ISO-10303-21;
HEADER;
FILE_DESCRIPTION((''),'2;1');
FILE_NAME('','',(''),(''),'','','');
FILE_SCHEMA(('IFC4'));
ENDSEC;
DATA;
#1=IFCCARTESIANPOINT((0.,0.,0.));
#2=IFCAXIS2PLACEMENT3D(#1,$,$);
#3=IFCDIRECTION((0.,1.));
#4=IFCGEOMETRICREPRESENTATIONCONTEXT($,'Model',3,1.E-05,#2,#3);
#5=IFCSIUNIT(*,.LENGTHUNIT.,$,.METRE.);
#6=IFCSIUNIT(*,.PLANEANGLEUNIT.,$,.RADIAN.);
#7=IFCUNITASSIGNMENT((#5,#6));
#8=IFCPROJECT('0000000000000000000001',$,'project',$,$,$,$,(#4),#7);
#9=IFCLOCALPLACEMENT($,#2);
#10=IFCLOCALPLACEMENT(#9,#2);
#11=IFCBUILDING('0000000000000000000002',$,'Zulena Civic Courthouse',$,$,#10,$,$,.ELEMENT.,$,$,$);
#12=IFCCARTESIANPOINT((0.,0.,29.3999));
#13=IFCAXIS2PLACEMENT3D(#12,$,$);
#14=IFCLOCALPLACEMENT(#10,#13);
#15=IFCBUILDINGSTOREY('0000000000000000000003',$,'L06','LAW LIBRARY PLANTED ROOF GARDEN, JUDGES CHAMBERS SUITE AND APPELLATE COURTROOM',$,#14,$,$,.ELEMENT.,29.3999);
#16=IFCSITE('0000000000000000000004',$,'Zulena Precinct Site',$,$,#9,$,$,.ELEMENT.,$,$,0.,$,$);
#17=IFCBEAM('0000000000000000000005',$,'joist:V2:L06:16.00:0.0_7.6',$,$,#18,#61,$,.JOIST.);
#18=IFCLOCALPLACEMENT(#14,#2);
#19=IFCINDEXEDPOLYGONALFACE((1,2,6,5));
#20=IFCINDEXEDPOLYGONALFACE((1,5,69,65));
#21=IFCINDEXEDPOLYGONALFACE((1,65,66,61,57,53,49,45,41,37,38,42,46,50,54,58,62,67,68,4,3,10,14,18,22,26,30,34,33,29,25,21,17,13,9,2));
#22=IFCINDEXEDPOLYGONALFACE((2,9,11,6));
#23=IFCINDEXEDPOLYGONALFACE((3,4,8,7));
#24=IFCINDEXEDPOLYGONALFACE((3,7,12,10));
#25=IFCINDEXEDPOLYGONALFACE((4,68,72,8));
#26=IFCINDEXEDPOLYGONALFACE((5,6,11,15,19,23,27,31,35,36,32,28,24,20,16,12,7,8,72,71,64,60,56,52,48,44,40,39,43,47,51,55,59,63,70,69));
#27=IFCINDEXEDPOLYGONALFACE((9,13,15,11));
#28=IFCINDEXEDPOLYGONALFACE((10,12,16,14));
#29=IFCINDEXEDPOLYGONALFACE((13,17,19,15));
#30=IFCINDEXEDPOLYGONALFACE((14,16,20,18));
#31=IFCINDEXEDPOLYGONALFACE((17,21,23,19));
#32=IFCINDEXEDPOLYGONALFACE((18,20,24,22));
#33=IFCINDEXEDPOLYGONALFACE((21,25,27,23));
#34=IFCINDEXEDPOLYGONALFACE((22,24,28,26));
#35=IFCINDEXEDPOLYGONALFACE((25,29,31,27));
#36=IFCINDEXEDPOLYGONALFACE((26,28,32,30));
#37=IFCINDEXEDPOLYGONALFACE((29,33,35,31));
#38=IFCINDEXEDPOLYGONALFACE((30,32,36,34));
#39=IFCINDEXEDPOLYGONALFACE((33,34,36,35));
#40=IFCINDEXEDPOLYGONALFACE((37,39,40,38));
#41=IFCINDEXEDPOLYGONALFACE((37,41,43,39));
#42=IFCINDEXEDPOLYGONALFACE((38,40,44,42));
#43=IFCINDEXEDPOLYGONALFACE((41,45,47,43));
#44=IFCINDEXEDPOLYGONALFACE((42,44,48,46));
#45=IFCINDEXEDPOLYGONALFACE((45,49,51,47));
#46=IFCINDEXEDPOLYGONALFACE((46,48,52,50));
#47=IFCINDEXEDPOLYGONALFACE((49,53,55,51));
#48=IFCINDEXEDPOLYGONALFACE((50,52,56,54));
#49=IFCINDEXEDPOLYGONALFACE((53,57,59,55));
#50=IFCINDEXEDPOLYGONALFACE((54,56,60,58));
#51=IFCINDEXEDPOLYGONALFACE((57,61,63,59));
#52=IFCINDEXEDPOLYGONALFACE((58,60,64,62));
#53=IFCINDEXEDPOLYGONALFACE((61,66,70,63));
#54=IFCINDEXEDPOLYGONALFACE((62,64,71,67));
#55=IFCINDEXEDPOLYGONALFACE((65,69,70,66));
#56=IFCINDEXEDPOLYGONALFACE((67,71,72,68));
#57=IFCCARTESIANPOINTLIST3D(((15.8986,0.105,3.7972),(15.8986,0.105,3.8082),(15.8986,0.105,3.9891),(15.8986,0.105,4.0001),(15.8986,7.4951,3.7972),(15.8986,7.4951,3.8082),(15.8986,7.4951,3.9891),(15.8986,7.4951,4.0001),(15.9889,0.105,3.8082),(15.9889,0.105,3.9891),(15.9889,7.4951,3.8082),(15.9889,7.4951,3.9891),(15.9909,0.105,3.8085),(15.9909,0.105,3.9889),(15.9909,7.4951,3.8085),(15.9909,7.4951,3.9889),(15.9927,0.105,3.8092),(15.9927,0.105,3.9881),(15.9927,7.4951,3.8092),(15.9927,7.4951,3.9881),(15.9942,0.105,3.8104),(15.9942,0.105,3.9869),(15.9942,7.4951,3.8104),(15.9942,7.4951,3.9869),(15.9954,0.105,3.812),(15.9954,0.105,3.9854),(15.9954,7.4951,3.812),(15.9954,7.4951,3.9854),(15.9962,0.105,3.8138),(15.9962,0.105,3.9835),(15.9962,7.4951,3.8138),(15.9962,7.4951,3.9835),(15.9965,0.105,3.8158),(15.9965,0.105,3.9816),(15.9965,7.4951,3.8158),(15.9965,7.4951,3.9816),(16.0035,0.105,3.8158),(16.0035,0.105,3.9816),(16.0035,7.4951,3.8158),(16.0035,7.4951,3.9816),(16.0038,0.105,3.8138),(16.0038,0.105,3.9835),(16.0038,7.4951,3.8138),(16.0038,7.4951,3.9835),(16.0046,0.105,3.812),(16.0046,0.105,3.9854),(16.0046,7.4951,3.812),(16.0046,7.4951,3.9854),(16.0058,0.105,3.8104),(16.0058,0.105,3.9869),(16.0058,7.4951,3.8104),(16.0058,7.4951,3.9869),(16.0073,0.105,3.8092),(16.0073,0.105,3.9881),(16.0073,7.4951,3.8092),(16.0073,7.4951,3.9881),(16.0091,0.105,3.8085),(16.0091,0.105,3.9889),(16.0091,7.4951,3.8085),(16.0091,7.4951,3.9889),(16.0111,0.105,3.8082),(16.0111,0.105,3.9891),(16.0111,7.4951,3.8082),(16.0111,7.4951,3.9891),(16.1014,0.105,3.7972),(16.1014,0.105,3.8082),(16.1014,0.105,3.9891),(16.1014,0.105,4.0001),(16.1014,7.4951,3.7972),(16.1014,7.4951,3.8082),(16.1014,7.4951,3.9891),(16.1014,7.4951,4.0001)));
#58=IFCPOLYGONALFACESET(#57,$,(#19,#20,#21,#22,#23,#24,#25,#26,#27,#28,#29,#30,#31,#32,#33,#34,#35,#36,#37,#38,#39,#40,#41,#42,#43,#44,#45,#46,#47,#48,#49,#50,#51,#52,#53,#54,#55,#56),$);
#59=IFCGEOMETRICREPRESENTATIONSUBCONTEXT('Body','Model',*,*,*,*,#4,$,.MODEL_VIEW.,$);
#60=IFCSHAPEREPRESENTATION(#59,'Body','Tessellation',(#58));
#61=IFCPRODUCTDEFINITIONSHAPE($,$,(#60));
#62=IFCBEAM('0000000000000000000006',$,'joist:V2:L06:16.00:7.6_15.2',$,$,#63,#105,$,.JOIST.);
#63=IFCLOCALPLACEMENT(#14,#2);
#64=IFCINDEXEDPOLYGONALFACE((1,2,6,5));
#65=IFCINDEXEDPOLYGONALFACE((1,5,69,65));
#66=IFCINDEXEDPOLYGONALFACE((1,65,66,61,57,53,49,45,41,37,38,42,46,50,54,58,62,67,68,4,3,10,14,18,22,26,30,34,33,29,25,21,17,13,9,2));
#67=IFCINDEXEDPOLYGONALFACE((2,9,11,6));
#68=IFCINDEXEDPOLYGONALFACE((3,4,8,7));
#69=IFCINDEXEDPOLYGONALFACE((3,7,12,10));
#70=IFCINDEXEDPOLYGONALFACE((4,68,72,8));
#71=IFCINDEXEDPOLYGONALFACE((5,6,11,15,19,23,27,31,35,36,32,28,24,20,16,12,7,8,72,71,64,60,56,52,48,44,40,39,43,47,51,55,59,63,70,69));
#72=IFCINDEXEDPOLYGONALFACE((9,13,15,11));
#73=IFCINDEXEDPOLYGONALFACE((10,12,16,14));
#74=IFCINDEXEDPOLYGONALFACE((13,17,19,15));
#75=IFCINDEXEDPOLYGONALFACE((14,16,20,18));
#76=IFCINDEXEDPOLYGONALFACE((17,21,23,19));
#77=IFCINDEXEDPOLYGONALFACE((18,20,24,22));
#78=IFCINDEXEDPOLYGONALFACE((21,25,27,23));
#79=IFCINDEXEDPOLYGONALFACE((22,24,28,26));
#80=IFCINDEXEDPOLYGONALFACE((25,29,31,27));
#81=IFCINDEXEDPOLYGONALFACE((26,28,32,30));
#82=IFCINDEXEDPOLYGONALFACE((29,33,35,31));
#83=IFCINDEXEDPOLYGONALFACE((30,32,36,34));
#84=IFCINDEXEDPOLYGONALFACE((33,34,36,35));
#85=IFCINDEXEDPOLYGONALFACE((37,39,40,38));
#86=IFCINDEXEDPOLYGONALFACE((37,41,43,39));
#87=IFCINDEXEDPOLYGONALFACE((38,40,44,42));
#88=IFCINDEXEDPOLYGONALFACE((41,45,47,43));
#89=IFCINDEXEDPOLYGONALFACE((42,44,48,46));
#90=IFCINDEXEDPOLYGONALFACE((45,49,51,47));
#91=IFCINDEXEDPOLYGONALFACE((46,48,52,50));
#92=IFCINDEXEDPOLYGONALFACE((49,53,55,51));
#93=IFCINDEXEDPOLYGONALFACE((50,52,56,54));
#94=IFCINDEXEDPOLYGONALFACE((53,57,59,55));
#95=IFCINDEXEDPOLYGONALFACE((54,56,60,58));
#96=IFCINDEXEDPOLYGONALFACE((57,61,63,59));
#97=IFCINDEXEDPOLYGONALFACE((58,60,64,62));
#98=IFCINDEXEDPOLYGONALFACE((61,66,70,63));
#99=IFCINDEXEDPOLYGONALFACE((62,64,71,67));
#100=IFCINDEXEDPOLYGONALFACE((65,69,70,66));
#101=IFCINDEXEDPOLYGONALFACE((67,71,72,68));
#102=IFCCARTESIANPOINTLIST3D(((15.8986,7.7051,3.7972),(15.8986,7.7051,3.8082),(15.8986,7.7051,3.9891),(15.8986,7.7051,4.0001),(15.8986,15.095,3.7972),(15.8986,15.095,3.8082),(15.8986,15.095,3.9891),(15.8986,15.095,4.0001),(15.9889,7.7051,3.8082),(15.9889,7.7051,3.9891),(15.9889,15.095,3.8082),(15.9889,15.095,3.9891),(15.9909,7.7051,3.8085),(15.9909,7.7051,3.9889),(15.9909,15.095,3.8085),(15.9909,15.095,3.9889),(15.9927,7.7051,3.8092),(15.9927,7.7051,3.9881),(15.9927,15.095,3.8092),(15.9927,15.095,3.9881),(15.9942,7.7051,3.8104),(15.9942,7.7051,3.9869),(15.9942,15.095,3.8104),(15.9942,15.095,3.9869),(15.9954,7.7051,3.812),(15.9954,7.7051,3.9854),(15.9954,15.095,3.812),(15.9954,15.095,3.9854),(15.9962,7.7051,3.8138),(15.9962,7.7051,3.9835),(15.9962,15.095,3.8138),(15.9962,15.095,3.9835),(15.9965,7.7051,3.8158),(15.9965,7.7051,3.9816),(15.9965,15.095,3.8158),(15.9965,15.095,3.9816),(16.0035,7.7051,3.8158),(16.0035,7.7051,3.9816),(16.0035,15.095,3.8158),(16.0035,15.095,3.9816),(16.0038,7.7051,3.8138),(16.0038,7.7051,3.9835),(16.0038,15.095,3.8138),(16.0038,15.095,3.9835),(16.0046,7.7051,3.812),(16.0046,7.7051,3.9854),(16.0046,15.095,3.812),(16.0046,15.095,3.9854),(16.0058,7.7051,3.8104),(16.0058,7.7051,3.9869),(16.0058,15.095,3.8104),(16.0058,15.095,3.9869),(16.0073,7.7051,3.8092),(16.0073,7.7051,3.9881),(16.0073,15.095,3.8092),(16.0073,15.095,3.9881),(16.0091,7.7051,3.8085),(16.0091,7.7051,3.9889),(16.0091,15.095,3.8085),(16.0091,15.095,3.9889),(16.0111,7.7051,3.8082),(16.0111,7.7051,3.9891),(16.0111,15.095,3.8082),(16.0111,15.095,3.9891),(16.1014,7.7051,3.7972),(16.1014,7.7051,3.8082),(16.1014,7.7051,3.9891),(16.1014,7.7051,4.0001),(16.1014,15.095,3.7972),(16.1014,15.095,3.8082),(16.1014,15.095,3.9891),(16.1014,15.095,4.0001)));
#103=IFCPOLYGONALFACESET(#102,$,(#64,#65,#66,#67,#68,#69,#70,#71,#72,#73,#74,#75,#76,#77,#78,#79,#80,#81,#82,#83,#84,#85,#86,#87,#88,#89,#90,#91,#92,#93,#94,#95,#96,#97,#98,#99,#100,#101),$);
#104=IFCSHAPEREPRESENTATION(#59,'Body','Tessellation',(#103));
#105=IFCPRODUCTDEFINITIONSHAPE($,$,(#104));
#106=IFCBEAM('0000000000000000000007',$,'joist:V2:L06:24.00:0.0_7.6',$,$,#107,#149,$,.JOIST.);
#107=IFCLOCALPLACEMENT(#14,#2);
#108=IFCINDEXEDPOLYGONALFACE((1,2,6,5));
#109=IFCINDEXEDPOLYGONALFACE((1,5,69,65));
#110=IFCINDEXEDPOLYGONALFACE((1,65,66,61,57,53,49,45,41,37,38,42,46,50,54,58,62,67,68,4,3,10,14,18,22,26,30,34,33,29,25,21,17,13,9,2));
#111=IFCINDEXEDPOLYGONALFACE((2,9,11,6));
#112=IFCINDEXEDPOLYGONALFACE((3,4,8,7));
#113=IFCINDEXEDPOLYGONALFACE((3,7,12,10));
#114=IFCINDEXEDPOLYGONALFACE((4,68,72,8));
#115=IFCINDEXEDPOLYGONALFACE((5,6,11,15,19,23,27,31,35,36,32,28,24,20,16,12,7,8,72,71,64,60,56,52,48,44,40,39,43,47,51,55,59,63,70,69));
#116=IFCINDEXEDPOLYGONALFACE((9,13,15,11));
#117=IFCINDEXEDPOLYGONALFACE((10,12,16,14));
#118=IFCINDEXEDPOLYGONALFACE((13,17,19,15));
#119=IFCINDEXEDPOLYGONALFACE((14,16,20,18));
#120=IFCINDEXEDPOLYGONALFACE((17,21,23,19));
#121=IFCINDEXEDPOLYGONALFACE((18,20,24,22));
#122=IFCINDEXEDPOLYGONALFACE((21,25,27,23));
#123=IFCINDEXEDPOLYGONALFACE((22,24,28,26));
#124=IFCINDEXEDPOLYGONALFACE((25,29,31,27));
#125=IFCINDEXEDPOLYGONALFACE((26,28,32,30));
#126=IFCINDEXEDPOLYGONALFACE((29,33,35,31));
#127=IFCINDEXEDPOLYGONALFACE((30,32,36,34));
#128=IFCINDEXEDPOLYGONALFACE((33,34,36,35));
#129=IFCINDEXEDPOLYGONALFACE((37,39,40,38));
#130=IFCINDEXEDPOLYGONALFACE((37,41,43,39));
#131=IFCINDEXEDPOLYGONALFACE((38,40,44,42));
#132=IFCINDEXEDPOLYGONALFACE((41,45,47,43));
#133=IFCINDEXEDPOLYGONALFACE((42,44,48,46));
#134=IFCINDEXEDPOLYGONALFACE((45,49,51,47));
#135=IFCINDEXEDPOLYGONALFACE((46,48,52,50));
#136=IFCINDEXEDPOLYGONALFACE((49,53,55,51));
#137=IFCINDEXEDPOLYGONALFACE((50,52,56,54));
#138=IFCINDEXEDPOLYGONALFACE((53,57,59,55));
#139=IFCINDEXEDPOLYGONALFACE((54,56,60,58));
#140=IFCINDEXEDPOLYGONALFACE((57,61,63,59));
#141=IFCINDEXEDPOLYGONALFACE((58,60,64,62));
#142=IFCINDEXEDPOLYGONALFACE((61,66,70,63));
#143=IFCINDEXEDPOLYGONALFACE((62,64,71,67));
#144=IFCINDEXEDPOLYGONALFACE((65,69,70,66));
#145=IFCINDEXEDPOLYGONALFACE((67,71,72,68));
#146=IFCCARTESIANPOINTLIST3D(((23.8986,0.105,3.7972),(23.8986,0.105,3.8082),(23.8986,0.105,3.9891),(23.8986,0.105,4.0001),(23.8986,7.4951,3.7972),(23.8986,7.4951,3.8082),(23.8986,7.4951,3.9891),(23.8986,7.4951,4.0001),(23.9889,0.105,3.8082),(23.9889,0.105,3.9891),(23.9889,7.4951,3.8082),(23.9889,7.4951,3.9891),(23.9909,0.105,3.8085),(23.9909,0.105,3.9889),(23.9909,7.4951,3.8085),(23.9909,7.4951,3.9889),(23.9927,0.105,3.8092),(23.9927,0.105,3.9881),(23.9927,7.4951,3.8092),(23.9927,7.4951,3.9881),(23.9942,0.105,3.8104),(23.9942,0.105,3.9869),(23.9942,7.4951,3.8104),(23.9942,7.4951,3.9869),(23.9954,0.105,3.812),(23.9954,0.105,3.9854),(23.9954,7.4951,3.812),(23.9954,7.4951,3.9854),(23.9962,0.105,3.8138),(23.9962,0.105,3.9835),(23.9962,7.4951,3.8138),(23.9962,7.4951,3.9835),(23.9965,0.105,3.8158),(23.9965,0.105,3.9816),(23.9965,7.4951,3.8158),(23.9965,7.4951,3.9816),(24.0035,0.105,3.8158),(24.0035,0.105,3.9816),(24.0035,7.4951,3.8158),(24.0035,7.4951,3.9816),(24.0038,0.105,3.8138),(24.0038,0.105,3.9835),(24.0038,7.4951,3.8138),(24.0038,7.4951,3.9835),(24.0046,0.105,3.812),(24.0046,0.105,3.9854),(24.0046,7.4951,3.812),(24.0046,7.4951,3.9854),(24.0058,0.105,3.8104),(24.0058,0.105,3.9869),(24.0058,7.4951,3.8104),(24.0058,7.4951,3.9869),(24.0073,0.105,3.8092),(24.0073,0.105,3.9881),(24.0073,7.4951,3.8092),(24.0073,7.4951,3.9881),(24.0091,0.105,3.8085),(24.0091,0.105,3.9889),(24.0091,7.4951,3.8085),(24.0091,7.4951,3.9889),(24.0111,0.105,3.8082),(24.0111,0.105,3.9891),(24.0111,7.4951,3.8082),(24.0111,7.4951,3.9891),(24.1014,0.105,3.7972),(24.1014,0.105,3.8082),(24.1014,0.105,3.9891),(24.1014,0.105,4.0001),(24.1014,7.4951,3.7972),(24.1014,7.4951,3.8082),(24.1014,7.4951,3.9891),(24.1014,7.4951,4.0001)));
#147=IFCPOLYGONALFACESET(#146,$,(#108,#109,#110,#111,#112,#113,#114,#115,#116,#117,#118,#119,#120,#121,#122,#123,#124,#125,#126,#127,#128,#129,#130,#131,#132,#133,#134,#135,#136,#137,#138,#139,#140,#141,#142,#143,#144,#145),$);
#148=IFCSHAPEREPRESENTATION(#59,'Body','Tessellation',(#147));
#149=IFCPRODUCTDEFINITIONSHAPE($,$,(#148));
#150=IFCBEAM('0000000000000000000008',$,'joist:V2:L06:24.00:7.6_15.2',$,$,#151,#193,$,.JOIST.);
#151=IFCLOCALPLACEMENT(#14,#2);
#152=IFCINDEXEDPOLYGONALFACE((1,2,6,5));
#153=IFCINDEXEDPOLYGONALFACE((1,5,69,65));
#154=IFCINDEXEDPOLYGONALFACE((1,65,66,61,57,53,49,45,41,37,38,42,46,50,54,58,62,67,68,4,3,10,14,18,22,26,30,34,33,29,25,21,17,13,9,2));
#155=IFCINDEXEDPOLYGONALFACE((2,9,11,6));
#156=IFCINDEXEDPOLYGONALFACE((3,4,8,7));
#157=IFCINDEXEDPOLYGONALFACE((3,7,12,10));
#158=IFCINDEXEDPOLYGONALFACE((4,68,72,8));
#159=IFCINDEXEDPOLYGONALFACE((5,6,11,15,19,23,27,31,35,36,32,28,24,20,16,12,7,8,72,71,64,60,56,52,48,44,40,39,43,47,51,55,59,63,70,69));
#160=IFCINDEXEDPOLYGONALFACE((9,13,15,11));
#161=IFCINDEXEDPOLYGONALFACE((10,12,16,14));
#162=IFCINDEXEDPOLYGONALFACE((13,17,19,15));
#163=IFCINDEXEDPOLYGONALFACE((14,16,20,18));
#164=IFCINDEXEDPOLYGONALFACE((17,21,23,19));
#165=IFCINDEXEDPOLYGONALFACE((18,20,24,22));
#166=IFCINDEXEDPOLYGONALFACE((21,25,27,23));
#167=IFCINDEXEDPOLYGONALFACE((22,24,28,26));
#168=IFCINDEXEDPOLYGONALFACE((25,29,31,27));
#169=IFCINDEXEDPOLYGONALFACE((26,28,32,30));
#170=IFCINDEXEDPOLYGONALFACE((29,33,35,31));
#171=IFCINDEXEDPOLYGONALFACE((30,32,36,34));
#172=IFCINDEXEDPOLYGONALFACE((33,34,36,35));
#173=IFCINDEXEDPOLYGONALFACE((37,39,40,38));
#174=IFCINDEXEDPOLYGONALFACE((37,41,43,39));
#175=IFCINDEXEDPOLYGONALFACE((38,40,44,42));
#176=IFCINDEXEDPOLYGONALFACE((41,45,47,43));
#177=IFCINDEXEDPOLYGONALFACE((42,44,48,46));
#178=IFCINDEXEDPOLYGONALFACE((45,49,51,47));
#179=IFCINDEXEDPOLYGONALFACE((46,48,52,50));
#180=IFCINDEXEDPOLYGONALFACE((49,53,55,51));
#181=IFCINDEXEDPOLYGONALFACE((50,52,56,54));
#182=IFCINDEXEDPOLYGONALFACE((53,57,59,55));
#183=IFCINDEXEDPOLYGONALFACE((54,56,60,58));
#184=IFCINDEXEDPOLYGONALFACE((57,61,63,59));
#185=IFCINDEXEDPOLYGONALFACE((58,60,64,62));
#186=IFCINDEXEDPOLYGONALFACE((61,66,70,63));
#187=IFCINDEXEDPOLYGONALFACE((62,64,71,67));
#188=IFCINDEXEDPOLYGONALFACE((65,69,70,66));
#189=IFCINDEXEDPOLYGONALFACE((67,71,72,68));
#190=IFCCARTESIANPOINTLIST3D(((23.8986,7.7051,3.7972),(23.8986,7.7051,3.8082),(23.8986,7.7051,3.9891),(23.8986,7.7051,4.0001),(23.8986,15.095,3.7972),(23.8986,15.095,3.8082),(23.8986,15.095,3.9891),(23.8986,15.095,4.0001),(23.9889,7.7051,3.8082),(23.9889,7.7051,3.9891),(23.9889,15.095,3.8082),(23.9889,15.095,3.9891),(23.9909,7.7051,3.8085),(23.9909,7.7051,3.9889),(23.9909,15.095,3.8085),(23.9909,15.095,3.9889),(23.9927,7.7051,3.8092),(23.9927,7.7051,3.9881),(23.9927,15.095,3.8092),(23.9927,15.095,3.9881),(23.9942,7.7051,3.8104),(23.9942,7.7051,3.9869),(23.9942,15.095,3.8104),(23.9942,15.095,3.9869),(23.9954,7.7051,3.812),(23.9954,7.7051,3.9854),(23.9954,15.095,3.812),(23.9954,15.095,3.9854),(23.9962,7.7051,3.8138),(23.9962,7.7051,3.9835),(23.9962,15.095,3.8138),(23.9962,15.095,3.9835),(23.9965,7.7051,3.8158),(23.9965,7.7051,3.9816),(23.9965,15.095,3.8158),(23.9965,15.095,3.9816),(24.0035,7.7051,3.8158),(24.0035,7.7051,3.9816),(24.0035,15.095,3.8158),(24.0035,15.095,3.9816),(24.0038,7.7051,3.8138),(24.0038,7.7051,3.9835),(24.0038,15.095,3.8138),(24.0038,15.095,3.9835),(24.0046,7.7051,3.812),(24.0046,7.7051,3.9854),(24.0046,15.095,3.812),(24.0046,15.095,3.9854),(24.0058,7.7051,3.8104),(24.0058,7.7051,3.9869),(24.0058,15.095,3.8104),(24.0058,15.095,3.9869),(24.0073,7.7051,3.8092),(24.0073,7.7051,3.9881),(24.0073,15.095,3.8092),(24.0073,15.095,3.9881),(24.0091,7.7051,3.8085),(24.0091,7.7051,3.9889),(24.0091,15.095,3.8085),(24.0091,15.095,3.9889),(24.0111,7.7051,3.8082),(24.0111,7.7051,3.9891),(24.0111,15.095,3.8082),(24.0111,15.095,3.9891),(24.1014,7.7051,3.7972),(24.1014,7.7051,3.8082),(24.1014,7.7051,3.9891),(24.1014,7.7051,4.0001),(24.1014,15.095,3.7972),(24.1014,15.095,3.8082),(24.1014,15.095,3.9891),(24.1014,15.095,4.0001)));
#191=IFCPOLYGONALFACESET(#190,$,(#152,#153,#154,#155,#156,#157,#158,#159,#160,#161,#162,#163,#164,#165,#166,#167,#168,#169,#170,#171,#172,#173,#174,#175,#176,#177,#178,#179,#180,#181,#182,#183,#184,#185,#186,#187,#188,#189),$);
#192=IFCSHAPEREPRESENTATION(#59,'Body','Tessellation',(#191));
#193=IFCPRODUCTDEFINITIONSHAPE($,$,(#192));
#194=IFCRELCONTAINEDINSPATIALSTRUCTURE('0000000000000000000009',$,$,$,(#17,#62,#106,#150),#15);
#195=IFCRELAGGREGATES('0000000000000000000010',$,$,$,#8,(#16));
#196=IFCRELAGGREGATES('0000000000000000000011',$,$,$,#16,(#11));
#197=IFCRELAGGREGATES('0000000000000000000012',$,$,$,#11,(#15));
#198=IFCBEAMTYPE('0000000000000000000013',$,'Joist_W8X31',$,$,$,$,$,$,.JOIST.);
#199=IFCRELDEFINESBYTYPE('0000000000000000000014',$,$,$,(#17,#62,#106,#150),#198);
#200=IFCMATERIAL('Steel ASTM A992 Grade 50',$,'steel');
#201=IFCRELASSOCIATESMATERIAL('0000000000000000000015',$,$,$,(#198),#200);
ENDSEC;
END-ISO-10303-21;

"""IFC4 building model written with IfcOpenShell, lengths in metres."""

from ifc_helpers import new_model, si_unit, direction, frame, origin, origin_2d, place, context, subcontext, project, spatial, i_section, extrude, material, material_profile, profile_set, type_object, element, save


model = new_model("IFC4")

# Units and contexts
model_context = context("Model", 3, precision=1e-05, world=origin(), true_north=direction((0.0, 1.0)))
body_context = subcontext(model_context, "Body", "Model", "MODEL_VIEW")
ifc_project = project(units=[si_unit("LENGTHUNIT", "METRE"), si_unit("PLANEANGLEUNIT", "RADIAN")], contexts=[model_context])

# Site, building, storey
site_placement = place(None, origin())
site = spatial("IfcSite", under=ifc_project, at=site_placement, Name="Zulena Precinct Site", CompositionType="ELEMENT", RefElevation=0.0)
building_placement = place(site_placement, origin())
building = spatial("IfcBuilding", under=site, at=building_placement, Name="Zulena Civic Courthouse", CompositionType="ELEMENT")
storey_placement = place(building_placement, frame((0.0, 0.0, 29.3999)))
storey = spatial("IfcBuildingStorey", under=building, at=storey_placement, Name="L06", Description="LAW LIBRARY PLANTED ROOF GARDEN, JUDGES CHAMBERS SUITE AND APPELLATE COURTROOM", CompositionType="ELEMENT", Elevation=29.3999)

# Shared definitions
ifc_material_1 = material(Name="Steel ASTM A992 Grade 50", Category="steel")

# Beams
ifc_material_profile_1 = material_profile(ifc_material_1, i_section(OverallWidth=0.2029, OverallDepth=0.2029, WebThickness=0.0071, FlangeThickness=0.011, FilletRadius=0.0076, at=origin_2d()), Name="W8X31")
ifc_profile_set_1 = profile_set([ifc_material_profile_1], Name="Steel ASTM A992 Grade 50")
beam_type_1 = type_object("IfcBeamType", Name="Joist_W8X31", PredefinedType="JOIST", material=ifc_profile_set_1)
beam_1_placement = place(storey_placement, frame((16.0, 0.105, 3.8987), z_axis=(0.0, 1.0, 0.0), x_axis=(-1.0, 0.0, 0.0)))
element("IfcBeam", 1, at=beam_1_placement, inside=storey, type_object=beam_type_1, Name="joist:V2:L06:16.00:0.0_7.6", PredefinedType="JOIST", context=body_context, shape_type="SweptSolid", body=[
    extrude(i_section(OverallWidth=0.2029, OverallDepth=0.2029, WebThickness=0.0071, FlangeThickness=0.011, FilletRadius=0.0076, at=origin_2d()), origin(), (0.0, 0.0, 1.0), 7.3901),
])
beam_2_placement = place(storey_placement, frame((16.0, 7.7051, 3.8987), z_axis=(0.0, 1.0, 0.0), x_axis=(-1.0, 0.0, 0.0)))
element("IfcBeam", 2, at=beam_2_placement, inside=storey, type_object=beam_type_1, Name="joist:V2:L06:16.00:7.6_15.2", PredefinedType="JOIST", context=body_context, shape_type="SweptSolid", body=[
    extrude(i_section(OverallWidth=0.2029, OverallDepth=0.2029, WebThickness=0.0071, FlangeThickness=0.011, FilletRadius=0.0076, at=origin_2d()), origin(), (0.0, 0.0, 1.0), 7.3899),
])
beam_3_placement = place(storey_placement, frame((24.0, 0.105, 3.8987), z_axis=(0.0, 1.0, 0.0), x_axis=(-1.0, 0.0, 0.0)))
element("IfcBeam", 3, at=beam_3_placement, inside=storey, type_object=beam_type_1, Name="joist:V2:L06:24.00:0.0_7.6", PredefinedType="JOIST", context=body_context, shape_type="SweptSolid", body=[
    extrude(i_section(OverallWidth=0.2029, OverallDepth=0.2029, WebThickness=0.0071, FlangeThickness=0.011, FilletRadius=0.0076, at=origin_2d()), origin(), (0.0, 0.0, 1.0), 7.3901),
])
beam_4_placement = place(storey_placement, frame((24.0, 7.7051, 3.8987), z_axis=(0.0, 1.0, 0.0), x_axis=(-1.0, 0.0, 0.0)))
element("IfcBeam", 4, at=beam_4_placement, inside=storey, type_object=beam_type_1, Name="joist:V2:L06:24.00:7.6_15.2", PredefinedType="JOIST", context=body_context, shape_type="SweptSolid", body=[
    extrude(i_section(OverallWidth=0.2029, OverallDepth=0.2029, WebThickness=0.0071, FlangeThickness=0.011, FilletRadius=0.0076, at=origin_2d()), origin(), (0.0, 0.0, 1.0), 7.3899),
])

save(model, "model.ifc")
